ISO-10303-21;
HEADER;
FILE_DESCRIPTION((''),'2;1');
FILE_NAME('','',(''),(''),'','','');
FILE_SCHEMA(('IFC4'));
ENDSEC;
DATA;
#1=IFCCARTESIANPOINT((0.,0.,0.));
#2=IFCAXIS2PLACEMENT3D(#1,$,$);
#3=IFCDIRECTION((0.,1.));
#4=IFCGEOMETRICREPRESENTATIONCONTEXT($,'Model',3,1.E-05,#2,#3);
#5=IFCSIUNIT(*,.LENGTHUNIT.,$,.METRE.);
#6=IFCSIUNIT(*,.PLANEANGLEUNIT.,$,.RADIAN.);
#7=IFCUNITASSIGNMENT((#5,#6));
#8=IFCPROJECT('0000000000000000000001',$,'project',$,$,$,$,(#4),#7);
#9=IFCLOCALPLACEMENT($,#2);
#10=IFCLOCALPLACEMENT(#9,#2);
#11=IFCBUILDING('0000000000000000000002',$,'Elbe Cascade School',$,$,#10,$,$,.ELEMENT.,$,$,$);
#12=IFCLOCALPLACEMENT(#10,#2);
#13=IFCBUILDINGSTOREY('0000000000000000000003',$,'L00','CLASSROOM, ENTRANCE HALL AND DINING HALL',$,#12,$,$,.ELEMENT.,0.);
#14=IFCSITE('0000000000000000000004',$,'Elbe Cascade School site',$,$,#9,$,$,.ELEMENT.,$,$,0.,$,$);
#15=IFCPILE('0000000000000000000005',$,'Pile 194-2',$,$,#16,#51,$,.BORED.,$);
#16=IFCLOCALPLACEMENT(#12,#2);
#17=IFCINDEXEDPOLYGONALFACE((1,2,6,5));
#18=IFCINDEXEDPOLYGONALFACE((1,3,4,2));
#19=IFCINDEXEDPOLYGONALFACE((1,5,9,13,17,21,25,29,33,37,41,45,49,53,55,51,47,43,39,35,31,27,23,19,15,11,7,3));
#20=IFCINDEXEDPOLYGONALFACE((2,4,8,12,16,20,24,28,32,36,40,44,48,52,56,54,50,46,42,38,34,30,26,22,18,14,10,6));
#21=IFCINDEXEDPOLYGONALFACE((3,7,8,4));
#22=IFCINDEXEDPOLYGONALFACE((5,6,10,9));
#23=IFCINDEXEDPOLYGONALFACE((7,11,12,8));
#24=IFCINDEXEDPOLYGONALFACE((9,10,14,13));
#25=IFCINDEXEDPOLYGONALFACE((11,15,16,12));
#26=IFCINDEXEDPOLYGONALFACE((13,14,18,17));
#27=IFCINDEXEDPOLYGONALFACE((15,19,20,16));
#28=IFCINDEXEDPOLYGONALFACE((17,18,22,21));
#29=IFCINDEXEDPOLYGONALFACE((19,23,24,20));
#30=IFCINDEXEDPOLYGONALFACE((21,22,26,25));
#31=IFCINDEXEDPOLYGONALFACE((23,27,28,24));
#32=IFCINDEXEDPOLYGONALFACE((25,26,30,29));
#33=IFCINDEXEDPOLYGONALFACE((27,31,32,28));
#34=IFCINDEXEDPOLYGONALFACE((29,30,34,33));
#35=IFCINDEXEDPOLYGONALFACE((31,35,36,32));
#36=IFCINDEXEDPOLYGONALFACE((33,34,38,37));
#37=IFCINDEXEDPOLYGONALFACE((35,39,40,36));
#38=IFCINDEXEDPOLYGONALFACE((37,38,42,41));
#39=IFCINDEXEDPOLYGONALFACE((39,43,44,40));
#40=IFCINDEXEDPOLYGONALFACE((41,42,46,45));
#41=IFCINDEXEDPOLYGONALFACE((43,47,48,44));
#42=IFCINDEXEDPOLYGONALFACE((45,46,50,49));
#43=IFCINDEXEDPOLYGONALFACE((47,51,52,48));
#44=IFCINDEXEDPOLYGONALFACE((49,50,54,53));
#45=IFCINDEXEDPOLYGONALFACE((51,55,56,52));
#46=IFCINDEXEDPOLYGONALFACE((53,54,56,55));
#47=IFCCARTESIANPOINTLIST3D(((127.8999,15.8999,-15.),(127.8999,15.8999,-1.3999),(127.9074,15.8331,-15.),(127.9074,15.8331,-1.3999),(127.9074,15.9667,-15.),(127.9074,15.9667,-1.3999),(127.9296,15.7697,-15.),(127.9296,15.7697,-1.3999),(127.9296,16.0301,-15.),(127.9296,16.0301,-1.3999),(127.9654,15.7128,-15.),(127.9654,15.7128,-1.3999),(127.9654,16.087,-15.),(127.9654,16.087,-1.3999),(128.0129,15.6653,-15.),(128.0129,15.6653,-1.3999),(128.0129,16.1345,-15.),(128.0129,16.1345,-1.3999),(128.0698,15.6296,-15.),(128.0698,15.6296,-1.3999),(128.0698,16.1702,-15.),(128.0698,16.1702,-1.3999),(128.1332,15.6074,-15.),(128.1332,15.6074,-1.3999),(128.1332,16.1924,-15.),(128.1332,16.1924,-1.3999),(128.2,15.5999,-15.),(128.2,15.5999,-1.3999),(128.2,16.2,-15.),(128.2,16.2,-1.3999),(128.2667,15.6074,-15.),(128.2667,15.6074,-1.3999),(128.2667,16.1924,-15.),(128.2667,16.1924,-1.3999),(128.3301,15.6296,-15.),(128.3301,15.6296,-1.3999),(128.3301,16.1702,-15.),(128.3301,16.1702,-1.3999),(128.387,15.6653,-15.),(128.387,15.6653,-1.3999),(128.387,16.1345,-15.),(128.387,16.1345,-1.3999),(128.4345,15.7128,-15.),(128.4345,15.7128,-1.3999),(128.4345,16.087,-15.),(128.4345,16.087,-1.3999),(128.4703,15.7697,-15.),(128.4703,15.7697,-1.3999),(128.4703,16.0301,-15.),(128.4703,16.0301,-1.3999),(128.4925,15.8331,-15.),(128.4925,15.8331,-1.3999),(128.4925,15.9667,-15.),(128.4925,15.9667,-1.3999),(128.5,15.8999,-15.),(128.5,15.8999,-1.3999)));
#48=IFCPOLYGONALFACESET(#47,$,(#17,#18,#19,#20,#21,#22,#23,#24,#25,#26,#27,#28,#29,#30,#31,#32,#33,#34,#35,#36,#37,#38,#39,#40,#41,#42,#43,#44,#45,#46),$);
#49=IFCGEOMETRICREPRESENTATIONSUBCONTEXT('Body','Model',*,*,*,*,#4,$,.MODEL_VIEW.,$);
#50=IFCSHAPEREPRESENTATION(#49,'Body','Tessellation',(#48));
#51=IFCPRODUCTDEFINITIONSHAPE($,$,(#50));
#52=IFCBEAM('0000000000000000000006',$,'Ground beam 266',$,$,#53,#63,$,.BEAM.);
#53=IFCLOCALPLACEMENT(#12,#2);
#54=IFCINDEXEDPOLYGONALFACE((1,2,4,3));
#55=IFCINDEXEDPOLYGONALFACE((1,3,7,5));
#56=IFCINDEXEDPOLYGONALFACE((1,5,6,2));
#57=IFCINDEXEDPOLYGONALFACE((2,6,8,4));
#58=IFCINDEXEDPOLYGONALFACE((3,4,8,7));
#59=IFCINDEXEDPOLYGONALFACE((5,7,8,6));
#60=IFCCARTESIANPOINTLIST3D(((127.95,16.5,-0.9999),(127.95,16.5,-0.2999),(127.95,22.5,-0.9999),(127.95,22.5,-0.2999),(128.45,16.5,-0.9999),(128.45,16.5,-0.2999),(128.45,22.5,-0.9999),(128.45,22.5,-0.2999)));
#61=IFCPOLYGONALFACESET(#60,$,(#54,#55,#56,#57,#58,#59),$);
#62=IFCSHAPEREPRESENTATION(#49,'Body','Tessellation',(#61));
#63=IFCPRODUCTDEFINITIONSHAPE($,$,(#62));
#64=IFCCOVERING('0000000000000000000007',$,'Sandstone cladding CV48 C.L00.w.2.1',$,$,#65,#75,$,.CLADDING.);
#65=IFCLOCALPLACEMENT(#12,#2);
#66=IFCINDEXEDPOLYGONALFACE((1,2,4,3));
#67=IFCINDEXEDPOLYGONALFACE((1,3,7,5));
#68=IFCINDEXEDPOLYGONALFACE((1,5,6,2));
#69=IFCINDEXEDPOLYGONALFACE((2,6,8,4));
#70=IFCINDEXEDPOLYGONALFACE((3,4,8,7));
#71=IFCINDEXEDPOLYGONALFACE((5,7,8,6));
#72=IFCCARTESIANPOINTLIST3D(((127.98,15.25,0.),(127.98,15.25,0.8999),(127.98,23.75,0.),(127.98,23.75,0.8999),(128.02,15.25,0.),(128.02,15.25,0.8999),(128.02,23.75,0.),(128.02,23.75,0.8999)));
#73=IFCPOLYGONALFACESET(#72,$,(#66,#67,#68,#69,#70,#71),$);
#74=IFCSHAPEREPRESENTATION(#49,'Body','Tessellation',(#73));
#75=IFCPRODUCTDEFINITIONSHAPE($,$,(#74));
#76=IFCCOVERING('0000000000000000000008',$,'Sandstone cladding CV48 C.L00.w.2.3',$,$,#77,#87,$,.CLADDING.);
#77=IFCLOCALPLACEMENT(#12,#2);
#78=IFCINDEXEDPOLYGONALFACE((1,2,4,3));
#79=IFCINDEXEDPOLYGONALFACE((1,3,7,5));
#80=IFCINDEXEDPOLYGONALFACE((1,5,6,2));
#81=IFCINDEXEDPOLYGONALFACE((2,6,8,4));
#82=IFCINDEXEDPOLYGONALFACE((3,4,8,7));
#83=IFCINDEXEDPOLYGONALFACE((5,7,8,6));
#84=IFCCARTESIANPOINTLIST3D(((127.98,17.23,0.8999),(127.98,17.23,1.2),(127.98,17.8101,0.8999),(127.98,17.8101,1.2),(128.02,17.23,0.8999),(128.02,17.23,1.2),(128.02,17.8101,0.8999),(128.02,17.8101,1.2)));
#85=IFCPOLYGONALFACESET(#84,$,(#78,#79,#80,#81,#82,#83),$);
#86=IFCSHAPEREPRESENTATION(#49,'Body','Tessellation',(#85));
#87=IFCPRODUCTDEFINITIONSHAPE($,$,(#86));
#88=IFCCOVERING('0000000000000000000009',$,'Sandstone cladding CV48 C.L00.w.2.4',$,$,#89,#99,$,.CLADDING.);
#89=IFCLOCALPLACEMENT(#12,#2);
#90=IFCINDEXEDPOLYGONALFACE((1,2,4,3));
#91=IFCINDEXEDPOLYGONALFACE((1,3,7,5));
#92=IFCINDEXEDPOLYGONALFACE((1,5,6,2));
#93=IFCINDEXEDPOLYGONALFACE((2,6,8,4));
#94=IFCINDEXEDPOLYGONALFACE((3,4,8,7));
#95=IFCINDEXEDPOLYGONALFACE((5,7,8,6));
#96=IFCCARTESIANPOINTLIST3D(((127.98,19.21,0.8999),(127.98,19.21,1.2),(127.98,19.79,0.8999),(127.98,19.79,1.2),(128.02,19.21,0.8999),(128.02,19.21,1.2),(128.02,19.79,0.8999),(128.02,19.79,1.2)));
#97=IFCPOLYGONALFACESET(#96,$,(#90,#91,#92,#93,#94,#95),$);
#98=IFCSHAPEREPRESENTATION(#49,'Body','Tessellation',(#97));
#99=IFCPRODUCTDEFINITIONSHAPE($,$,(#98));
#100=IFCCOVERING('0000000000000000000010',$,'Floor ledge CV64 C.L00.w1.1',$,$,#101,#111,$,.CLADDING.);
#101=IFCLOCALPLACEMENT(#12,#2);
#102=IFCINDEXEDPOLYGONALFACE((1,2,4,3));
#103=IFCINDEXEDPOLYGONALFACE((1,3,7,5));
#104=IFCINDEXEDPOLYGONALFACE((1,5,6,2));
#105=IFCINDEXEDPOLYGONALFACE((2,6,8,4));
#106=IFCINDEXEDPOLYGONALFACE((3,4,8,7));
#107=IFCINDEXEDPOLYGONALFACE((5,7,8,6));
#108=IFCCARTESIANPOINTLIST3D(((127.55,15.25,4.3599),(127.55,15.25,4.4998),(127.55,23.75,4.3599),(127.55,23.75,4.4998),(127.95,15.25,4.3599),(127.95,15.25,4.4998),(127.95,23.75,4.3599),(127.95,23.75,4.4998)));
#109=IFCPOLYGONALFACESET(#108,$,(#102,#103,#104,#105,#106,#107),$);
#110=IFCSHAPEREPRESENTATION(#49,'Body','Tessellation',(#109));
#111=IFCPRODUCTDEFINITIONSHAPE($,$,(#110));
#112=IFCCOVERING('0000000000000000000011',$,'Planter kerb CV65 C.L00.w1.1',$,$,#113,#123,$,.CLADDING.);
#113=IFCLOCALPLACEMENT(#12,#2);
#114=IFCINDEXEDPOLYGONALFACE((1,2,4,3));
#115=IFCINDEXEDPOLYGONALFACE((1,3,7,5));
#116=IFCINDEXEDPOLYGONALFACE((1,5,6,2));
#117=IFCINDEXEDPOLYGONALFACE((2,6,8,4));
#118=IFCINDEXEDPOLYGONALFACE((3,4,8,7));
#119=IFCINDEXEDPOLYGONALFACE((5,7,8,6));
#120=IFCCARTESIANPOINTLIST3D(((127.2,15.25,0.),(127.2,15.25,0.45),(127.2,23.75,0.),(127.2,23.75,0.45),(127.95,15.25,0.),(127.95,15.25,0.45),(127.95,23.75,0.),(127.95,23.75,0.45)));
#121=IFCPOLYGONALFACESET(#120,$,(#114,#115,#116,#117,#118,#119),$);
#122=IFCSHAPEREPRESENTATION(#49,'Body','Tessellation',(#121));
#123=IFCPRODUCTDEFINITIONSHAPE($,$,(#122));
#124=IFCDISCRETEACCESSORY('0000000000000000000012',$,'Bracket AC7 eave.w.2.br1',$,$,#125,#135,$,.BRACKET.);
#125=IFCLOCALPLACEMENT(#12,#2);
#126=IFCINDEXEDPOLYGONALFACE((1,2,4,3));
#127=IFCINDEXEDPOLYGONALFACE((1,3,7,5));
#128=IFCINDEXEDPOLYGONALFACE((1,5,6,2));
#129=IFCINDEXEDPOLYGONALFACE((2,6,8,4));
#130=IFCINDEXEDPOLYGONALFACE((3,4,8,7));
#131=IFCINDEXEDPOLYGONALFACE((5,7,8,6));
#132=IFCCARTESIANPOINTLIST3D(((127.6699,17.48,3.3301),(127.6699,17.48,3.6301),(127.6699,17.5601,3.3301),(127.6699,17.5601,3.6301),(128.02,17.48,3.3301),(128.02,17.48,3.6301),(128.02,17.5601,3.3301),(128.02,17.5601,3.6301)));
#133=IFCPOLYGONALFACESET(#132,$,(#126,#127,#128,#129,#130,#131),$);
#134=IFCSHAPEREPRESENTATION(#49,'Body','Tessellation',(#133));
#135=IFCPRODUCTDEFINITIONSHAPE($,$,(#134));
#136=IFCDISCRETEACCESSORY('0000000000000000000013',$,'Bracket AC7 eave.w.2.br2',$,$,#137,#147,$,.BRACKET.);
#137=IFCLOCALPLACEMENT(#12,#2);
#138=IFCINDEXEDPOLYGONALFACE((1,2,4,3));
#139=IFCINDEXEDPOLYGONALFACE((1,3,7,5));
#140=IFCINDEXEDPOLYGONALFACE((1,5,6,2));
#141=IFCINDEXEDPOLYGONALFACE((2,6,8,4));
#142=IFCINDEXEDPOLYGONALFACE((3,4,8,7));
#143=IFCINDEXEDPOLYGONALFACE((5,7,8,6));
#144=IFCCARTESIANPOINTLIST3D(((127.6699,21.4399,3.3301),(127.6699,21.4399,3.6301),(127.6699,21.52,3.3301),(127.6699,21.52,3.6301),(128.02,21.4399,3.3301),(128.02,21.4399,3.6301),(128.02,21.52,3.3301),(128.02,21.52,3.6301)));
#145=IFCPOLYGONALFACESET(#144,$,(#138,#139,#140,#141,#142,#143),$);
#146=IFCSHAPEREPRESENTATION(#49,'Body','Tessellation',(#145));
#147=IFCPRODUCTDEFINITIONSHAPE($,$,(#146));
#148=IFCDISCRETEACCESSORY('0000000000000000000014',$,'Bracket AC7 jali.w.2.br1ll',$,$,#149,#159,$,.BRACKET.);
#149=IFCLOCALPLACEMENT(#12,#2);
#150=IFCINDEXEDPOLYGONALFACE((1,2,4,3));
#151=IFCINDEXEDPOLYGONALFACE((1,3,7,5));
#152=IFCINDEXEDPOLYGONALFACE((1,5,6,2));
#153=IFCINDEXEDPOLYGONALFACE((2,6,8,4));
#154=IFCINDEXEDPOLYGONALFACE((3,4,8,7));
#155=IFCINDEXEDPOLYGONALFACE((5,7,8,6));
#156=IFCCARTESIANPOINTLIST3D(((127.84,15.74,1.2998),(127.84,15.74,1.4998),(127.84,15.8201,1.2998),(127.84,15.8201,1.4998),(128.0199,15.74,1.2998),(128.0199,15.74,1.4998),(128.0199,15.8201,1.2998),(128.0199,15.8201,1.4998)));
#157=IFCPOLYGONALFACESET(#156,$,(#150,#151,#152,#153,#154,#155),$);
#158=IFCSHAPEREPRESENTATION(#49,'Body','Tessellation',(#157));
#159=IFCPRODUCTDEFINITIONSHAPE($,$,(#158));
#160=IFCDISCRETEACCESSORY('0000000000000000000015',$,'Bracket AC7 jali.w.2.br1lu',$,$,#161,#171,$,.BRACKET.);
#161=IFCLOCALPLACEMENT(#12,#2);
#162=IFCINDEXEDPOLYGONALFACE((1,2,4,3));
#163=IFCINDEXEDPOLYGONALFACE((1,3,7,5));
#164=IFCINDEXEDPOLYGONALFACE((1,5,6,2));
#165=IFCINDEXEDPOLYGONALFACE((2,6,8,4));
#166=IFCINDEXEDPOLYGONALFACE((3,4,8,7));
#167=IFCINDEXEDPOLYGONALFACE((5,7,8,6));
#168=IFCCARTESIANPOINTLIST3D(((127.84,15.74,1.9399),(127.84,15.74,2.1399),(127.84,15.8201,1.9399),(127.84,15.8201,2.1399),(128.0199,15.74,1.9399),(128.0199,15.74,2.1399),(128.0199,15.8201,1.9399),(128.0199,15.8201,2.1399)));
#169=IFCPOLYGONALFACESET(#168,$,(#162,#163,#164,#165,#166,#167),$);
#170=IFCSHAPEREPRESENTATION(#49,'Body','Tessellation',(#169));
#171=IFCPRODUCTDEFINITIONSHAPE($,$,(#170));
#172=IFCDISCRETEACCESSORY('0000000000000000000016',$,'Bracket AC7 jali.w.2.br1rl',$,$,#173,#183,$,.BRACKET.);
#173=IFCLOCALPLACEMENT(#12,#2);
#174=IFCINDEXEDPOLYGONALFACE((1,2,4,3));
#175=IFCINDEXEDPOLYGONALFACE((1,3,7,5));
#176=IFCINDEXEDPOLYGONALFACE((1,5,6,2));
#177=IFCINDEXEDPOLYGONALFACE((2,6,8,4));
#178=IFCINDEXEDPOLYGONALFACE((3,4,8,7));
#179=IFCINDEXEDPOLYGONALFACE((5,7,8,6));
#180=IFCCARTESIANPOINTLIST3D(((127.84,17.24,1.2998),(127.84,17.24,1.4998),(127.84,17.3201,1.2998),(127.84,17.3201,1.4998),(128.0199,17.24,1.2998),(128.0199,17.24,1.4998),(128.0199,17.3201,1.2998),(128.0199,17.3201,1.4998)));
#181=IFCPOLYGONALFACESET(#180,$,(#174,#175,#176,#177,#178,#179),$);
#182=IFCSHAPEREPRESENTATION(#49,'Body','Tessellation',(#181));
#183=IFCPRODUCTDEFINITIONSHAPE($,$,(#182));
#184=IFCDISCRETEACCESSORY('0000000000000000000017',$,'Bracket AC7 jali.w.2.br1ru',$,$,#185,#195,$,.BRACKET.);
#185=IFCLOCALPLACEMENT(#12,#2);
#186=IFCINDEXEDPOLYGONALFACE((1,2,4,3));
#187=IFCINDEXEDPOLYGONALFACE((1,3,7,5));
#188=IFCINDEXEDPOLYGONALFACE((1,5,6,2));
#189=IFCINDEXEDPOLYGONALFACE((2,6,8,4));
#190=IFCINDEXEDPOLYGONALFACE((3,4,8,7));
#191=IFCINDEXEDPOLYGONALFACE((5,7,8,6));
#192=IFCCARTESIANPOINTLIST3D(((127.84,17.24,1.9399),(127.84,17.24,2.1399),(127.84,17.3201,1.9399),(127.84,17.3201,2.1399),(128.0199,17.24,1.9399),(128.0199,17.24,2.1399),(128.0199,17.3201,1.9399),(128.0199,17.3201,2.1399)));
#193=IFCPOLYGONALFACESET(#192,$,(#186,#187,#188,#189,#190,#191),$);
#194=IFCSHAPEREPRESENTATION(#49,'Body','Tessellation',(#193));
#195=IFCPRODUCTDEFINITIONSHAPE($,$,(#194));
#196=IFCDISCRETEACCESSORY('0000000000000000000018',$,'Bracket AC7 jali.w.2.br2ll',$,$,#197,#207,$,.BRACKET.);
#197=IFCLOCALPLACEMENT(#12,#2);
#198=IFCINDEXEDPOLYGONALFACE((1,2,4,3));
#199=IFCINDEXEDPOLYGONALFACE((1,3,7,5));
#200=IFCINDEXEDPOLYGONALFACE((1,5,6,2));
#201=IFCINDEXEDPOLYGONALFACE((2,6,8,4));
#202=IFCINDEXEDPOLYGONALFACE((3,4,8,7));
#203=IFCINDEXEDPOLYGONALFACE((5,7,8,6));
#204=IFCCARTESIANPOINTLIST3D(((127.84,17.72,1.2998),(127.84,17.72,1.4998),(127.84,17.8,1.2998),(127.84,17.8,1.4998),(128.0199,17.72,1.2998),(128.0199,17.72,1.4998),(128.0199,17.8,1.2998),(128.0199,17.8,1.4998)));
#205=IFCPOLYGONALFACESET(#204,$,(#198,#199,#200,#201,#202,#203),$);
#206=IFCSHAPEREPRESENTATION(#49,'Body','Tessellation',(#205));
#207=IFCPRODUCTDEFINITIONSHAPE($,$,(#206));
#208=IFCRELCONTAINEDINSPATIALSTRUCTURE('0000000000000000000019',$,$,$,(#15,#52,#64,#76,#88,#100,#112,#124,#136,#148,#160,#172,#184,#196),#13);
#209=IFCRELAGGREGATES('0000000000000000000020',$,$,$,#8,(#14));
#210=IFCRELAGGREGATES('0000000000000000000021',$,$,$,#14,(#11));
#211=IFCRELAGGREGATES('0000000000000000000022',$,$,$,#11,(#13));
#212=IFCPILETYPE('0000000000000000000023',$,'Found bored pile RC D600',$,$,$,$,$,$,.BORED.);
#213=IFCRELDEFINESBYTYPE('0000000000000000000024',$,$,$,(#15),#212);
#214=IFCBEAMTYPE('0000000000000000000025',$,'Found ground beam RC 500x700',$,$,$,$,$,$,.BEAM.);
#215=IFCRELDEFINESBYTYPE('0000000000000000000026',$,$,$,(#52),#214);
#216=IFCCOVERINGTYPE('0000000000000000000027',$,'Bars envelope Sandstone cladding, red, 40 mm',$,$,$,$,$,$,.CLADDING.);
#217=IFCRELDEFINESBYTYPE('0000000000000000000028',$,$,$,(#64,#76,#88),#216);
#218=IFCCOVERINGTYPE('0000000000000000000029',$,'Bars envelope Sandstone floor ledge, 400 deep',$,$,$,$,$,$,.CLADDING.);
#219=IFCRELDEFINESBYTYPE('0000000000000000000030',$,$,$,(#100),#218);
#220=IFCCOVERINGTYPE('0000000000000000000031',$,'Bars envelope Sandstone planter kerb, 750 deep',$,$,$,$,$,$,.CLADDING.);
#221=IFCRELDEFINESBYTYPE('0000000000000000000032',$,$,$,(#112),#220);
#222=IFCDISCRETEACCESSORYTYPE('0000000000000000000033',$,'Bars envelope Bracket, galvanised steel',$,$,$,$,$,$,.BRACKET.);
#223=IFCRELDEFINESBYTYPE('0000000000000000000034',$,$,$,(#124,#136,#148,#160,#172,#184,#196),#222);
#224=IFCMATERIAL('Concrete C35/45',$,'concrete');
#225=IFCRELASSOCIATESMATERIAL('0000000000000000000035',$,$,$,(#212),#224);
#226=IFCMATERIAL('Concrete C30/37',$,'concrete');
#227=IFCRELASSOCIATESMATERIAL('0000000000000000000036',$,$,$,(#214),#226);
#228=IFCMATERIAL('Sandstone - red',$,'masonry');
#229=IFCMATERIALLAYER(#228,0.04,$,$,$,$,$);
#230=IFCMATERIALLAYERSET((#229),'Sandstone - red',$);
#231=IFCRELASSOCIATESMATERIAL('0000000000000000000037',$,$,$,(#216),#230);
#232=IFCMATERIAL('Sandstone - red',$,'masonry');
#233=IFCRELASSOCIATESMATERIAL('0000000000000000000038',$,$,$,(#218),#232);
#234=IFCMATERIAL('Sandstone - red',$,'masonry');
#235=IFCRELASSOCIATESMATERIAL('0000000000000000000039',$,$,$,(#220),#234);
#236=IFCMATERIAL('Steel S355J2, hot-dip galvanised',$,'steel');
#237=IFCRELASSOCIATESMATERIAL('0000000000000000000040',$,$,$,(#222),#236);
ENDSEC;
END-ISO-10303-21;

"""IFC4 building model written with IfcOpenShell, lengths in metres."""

from ifc_helpers import new_model, si_unit, direction, frame, origin, origin_2d, place, context, subcontext, project, spatial, rectangle, circle, extrude, material, layer, layer_set, material_profile, profile_set, type_object, element, save


model = new_model("IFC4")

# Units and contexts
model_context = context("Model", 3, precision=1e-05, world=origin(), true_north=direction((0.0, 1.0)))
body_context = subcontext(model_context, "Body", "Model", "MODEL_VIEW")
ifc_project = project(units=[si_unit("LENGTHUNIT", "METRE"), si_unit("PLANEANGLEUNIT", "RADIAN")], contexts=[model_context])

# Site, building, storey
site_placement = place(None, origin())
site = spatial("IfcSite", under=ifc_project, at=site_placement, Name="Elbe Cascade School site", CompositionType="ELEMENT", RefElevation=0.0)
building_placement = place(site_placement, origin())
building = spatial("IfcBuilding", under=site, at=building_placement, Name="Elbe Cascade School", CompositionType="ELEMENT")
storey_placement = place(building_placement, origin())
storey = spatial("IfcBuildingStorey", under=building, at=storey_placement, Name="L00", Description="CLASSROOM, ENTRANCE HALL AND DINING HALL", CompositionType="ELEMENT", Elevation=0.0)

# Pile
ifc_material_1 = material(Name="Concrete C35/45", Category="concrete")
ifc_material_profile_1 = material_profile(ifc_material_1, circle(Radius=0.3, at=origin_2d()), Name="RC D600")
ifc_profile_set_1 = profile_set([ifc_material_profile_1], Name="Concrete C35/45")
pile_type = type_object("IfcPileType", Name="Found bored pile RC D600", PredefinedType="BORED", material=ifc_profile_set_1)
pile_placement = place(storey_placement, frame((128.2, 15.8999, -1.3999), z_axis=(0.0, 0.0, -1.0), x_axis=(1.0, 0.0, 0.0)))
element("IfcPile", 1, at=pile_placement, inside=storey, type_object=pile_type, Name="Pile 194-2", PredefinedType="BORED", context=body_context, shape_type="SweptSolid", body=[
    extrude(circle(Radius=0.3, at=origin_2d()), origin(), (0.0, 0.0, 1.0), 13.6001),
])

# Beam
ifc_material_2 = material(Name="Concrete C30/37", Category="concrete")
ifc_material_profile_2 = material_profile(ifc_material_2, rectangle(XDim=0.5, YDim=0.7, at=origin_2d()), Name="RC 500x700")
ifc_profile_set_2 = profile_set([ifc_material_profile_2], Name="Concrete C30/37")
beam_type = type_object("IfcBeamType", Name="Found ground beam RC 500x700", PredefinedType="BEAM", material=ifc_profile_set_2)
beam_placement = place(storey_placement, frame((128.2, 16.5, -0.6499), z_axis=(0.0, 1.0, 0.0), x_axis=(-1.0, 0.0, 0.0)))
element("IfcBeam", 2, at=beam_placement, inside=storey, type_object=beam_type, Name="Ground beam 266", PredefinedType="BEAM", context=body_context, shape_type="SweptSolid", body=[
    extrude(rectangle(XDim=0.5, YDim=0.7, at=origin_2d()), origin(), (0.0, 0.0, 1.0), 6.0),
])

# Coverings
ifc_material_3 = material(Name="Sandstone - red", Category="masonry")
ifc_layer_1 = layer(ifc_material_3, 0.04)
ifc_layer_set_1 = layer_set([ifc_layer_1], Name="Sandstone - red")
covering_type_1 = type_object("IfcCoveringType", Name="Bars envelope Sandstone cladding, red, 40 mm", PredefinedType="CLADDING", material=ifc_layer_set_1)
covering_1_placement = place(storey_placement, frame((128.0, 19.5, 0.0), z_axis=(0.0, 0.0, 1.0), x_axis=(0.0, 1.0, 0.0)))
element("IfcCovering", 3, at=covering_1_placement, inside=storey, type_object=covering_type_1, Name="Sandstone cladding CV48 C.L00.w.2.1", PredefinedType="CLADDING", context=body_context, shape_type="SweptSolid", body=[
    extrude(rectangle(XDim=8.5, YDim=0.04, at=origin_2d()), origin(), (0.0, 0.0, 1.0), 0.8999),
])
for number, where, z_axis, x_axis, name in (
    (4, (128.0, 17.52, 0.8999), (0.0, 0.0, 1.0), (0.0, 1.0, 0.0), "Sandstone cladding CV48 C.L00.w.2.3"),
    (5, (128.0, 19.5, 0.8999), (0.0, 0.0, 1.0), (0.0, 1.0, 0.0), "Sandstone cladding CV48 C.L00.w.2.4"),
):
    element("IfcCovering", number, at=place(storey_placement, frame(where, z_axis=z_axis, x_axis=x_axis)), inside=storey, type_object=covering_type_1, Name=name, PredefinedType="CLADDING", context=body_context, shape_type="SweptSolid", body=[
        extrude(rectangle(XDim=0.5801, YDim=0.04, at=origin_2d()), origin(), (0.0, 0.0, 1.0), 0.3),
    ])
ifc_material_4 = material(Name="Sandstone - red", Category="masonry")
covering_type_2 = type_object("IfcCoveringType", Name="Bars envelope Sandstone floor ledge, 400 deep", PredefinedType="CLADDING", material=ifc_material_4)
covering_2_placement = place(storey_placement, frame((127.75, 19.5, 4.3599), z_axis=(0.0, 0.0, 1.0), x_axis=(0.0, 1.0, 0.0)))
element("IfcCovering", 6, at=covering_2_placement, inside=storey, type_object=covering_type_2, Name="Floor ledge CV64 C.L00.w1.1", PredefinedType="CLADDING", context=body_context, shape_type="SweptSolid", body=[
    extrude(rectangle(XDim=8.5, YDim=0.3999, at=origin_2d()), origin(), (0.0, 0.0, 1.0), 0.1399),
])
ifc_material_5 = material(Name="Sandstone - red", Category="masonry")
covering_type_3 = type_object("IfcCoveringType", Name="Bars envelope Sandstone planter kerb, 750 deep", PredefinedType="CLADDING", material=ifc_material_5)
covering_3_placement = place(storey_placement, frame((127.575, 19.5, 0.0), z_axis=(0.0, 0.0, 1.0), x_axis=(0.0, 1.0, 0.0)))
element("IfcCovering", 7, at=covering_3_placement, inside=storey, type_object=covering_type_3, Name="Planter kerb CV65 C.L00.w1.1", PredefinedType="CLADDING", context=body_context, shape_type="SweptSolid", body=[
    extrude(rectangle(XDim=8.5, YDim=0.75, at=origin_2d()), origin(), (0.0, 0.0, 1.0), 0.45),
])

# Discrete accessories
ifc_material_6 = material(Name="Steel S355J2, hot-dip galvanised", Category="steel")
discrete_accessory_type = type_object("IfcDiscreteAccessoryType", Name="Bars envelope Bracket, galvanised steel", PredefinedType="BRACKET", material=ifc_material_6)
for number, where, z_axis, x_axis, name in (
    (8, (127.845, 17.52, 3.3301), (0.0, 0.0, 1.0), (0.0, 1.0, 0.0), "Bracket AC7 eave.w.2.br1"),
    (9, (127.845, 21.48, 3.3301), (0.0, 0.0, 1.0), (0.0, 1.0, 0.0), "Bracket AC7 eave.w.2.br2"),
):
    element("IfcDiscreteAccessory", number, at=place(storey_placement, frame(where, z_axis=z_axis, x_axis=x_axis)), inside=storey, type_object=discrete_accessory_type, Name=name, PredefinedType="BRACKET", context=body_context, shape_type="SweptSolid", body=[
        extrude(rectangle(XDim=0.0801, YDim=0.3501, at=origin_2d()), origin(), (0.0, 0.0, 1.0), 0.3),
    ])
for number, where, z_axis, x_axis, name in (
    (10, (127.9299, 15.78, 1.2998), (0.0, 0.0, 1.0), (0.0, 1.0, 0.0), "Bracket AC7 jali.w.2.br1ll"),
    (11, (127.9299, 15.78, 1.9399), (0.0, 0.0, 1.0), (0.0, 1.0, 0.0), "Bracket AC7 jali.w.2.br1lu"),
    (12, (127.9299, 17.28, 1.2998), (0.0, 0.0, 1.0), (0.0, 1.0, 0.0), "Bracket AC7 jali.w.2.br1rl"),
    (13, (127.9299, 17.28, 1.9399), (0.0, 0.0, 1.0), (0.0, 1.0, 0.0), "Bracket AC7 jali.w.2.br1ru"),
    (14, (127.9299, 17.76, 1.2998), (0.0, 0.0, 1.0), (0.0, 1.0, 0.0), "Bracket AC7 jali.w.2.br2ll"),
):
    element("IfcDiscreteAccessory", number, at=place(storey_placement, frame(where, z_axis=z_axis, x_axis=x_axis)), inside=storey, type_object=discrete_accessory_type, Name=name, PredefinedType="BRACKET", context=body_context, shape_type="SweptSolid", body=[
        extrude(rectangle(XDim=0.0801, YDim=0.1799, at=origin_2d()), origin(), (0.0, 0.0, 1.0), 0.2),
    ])

save(model, "model.ifc")
